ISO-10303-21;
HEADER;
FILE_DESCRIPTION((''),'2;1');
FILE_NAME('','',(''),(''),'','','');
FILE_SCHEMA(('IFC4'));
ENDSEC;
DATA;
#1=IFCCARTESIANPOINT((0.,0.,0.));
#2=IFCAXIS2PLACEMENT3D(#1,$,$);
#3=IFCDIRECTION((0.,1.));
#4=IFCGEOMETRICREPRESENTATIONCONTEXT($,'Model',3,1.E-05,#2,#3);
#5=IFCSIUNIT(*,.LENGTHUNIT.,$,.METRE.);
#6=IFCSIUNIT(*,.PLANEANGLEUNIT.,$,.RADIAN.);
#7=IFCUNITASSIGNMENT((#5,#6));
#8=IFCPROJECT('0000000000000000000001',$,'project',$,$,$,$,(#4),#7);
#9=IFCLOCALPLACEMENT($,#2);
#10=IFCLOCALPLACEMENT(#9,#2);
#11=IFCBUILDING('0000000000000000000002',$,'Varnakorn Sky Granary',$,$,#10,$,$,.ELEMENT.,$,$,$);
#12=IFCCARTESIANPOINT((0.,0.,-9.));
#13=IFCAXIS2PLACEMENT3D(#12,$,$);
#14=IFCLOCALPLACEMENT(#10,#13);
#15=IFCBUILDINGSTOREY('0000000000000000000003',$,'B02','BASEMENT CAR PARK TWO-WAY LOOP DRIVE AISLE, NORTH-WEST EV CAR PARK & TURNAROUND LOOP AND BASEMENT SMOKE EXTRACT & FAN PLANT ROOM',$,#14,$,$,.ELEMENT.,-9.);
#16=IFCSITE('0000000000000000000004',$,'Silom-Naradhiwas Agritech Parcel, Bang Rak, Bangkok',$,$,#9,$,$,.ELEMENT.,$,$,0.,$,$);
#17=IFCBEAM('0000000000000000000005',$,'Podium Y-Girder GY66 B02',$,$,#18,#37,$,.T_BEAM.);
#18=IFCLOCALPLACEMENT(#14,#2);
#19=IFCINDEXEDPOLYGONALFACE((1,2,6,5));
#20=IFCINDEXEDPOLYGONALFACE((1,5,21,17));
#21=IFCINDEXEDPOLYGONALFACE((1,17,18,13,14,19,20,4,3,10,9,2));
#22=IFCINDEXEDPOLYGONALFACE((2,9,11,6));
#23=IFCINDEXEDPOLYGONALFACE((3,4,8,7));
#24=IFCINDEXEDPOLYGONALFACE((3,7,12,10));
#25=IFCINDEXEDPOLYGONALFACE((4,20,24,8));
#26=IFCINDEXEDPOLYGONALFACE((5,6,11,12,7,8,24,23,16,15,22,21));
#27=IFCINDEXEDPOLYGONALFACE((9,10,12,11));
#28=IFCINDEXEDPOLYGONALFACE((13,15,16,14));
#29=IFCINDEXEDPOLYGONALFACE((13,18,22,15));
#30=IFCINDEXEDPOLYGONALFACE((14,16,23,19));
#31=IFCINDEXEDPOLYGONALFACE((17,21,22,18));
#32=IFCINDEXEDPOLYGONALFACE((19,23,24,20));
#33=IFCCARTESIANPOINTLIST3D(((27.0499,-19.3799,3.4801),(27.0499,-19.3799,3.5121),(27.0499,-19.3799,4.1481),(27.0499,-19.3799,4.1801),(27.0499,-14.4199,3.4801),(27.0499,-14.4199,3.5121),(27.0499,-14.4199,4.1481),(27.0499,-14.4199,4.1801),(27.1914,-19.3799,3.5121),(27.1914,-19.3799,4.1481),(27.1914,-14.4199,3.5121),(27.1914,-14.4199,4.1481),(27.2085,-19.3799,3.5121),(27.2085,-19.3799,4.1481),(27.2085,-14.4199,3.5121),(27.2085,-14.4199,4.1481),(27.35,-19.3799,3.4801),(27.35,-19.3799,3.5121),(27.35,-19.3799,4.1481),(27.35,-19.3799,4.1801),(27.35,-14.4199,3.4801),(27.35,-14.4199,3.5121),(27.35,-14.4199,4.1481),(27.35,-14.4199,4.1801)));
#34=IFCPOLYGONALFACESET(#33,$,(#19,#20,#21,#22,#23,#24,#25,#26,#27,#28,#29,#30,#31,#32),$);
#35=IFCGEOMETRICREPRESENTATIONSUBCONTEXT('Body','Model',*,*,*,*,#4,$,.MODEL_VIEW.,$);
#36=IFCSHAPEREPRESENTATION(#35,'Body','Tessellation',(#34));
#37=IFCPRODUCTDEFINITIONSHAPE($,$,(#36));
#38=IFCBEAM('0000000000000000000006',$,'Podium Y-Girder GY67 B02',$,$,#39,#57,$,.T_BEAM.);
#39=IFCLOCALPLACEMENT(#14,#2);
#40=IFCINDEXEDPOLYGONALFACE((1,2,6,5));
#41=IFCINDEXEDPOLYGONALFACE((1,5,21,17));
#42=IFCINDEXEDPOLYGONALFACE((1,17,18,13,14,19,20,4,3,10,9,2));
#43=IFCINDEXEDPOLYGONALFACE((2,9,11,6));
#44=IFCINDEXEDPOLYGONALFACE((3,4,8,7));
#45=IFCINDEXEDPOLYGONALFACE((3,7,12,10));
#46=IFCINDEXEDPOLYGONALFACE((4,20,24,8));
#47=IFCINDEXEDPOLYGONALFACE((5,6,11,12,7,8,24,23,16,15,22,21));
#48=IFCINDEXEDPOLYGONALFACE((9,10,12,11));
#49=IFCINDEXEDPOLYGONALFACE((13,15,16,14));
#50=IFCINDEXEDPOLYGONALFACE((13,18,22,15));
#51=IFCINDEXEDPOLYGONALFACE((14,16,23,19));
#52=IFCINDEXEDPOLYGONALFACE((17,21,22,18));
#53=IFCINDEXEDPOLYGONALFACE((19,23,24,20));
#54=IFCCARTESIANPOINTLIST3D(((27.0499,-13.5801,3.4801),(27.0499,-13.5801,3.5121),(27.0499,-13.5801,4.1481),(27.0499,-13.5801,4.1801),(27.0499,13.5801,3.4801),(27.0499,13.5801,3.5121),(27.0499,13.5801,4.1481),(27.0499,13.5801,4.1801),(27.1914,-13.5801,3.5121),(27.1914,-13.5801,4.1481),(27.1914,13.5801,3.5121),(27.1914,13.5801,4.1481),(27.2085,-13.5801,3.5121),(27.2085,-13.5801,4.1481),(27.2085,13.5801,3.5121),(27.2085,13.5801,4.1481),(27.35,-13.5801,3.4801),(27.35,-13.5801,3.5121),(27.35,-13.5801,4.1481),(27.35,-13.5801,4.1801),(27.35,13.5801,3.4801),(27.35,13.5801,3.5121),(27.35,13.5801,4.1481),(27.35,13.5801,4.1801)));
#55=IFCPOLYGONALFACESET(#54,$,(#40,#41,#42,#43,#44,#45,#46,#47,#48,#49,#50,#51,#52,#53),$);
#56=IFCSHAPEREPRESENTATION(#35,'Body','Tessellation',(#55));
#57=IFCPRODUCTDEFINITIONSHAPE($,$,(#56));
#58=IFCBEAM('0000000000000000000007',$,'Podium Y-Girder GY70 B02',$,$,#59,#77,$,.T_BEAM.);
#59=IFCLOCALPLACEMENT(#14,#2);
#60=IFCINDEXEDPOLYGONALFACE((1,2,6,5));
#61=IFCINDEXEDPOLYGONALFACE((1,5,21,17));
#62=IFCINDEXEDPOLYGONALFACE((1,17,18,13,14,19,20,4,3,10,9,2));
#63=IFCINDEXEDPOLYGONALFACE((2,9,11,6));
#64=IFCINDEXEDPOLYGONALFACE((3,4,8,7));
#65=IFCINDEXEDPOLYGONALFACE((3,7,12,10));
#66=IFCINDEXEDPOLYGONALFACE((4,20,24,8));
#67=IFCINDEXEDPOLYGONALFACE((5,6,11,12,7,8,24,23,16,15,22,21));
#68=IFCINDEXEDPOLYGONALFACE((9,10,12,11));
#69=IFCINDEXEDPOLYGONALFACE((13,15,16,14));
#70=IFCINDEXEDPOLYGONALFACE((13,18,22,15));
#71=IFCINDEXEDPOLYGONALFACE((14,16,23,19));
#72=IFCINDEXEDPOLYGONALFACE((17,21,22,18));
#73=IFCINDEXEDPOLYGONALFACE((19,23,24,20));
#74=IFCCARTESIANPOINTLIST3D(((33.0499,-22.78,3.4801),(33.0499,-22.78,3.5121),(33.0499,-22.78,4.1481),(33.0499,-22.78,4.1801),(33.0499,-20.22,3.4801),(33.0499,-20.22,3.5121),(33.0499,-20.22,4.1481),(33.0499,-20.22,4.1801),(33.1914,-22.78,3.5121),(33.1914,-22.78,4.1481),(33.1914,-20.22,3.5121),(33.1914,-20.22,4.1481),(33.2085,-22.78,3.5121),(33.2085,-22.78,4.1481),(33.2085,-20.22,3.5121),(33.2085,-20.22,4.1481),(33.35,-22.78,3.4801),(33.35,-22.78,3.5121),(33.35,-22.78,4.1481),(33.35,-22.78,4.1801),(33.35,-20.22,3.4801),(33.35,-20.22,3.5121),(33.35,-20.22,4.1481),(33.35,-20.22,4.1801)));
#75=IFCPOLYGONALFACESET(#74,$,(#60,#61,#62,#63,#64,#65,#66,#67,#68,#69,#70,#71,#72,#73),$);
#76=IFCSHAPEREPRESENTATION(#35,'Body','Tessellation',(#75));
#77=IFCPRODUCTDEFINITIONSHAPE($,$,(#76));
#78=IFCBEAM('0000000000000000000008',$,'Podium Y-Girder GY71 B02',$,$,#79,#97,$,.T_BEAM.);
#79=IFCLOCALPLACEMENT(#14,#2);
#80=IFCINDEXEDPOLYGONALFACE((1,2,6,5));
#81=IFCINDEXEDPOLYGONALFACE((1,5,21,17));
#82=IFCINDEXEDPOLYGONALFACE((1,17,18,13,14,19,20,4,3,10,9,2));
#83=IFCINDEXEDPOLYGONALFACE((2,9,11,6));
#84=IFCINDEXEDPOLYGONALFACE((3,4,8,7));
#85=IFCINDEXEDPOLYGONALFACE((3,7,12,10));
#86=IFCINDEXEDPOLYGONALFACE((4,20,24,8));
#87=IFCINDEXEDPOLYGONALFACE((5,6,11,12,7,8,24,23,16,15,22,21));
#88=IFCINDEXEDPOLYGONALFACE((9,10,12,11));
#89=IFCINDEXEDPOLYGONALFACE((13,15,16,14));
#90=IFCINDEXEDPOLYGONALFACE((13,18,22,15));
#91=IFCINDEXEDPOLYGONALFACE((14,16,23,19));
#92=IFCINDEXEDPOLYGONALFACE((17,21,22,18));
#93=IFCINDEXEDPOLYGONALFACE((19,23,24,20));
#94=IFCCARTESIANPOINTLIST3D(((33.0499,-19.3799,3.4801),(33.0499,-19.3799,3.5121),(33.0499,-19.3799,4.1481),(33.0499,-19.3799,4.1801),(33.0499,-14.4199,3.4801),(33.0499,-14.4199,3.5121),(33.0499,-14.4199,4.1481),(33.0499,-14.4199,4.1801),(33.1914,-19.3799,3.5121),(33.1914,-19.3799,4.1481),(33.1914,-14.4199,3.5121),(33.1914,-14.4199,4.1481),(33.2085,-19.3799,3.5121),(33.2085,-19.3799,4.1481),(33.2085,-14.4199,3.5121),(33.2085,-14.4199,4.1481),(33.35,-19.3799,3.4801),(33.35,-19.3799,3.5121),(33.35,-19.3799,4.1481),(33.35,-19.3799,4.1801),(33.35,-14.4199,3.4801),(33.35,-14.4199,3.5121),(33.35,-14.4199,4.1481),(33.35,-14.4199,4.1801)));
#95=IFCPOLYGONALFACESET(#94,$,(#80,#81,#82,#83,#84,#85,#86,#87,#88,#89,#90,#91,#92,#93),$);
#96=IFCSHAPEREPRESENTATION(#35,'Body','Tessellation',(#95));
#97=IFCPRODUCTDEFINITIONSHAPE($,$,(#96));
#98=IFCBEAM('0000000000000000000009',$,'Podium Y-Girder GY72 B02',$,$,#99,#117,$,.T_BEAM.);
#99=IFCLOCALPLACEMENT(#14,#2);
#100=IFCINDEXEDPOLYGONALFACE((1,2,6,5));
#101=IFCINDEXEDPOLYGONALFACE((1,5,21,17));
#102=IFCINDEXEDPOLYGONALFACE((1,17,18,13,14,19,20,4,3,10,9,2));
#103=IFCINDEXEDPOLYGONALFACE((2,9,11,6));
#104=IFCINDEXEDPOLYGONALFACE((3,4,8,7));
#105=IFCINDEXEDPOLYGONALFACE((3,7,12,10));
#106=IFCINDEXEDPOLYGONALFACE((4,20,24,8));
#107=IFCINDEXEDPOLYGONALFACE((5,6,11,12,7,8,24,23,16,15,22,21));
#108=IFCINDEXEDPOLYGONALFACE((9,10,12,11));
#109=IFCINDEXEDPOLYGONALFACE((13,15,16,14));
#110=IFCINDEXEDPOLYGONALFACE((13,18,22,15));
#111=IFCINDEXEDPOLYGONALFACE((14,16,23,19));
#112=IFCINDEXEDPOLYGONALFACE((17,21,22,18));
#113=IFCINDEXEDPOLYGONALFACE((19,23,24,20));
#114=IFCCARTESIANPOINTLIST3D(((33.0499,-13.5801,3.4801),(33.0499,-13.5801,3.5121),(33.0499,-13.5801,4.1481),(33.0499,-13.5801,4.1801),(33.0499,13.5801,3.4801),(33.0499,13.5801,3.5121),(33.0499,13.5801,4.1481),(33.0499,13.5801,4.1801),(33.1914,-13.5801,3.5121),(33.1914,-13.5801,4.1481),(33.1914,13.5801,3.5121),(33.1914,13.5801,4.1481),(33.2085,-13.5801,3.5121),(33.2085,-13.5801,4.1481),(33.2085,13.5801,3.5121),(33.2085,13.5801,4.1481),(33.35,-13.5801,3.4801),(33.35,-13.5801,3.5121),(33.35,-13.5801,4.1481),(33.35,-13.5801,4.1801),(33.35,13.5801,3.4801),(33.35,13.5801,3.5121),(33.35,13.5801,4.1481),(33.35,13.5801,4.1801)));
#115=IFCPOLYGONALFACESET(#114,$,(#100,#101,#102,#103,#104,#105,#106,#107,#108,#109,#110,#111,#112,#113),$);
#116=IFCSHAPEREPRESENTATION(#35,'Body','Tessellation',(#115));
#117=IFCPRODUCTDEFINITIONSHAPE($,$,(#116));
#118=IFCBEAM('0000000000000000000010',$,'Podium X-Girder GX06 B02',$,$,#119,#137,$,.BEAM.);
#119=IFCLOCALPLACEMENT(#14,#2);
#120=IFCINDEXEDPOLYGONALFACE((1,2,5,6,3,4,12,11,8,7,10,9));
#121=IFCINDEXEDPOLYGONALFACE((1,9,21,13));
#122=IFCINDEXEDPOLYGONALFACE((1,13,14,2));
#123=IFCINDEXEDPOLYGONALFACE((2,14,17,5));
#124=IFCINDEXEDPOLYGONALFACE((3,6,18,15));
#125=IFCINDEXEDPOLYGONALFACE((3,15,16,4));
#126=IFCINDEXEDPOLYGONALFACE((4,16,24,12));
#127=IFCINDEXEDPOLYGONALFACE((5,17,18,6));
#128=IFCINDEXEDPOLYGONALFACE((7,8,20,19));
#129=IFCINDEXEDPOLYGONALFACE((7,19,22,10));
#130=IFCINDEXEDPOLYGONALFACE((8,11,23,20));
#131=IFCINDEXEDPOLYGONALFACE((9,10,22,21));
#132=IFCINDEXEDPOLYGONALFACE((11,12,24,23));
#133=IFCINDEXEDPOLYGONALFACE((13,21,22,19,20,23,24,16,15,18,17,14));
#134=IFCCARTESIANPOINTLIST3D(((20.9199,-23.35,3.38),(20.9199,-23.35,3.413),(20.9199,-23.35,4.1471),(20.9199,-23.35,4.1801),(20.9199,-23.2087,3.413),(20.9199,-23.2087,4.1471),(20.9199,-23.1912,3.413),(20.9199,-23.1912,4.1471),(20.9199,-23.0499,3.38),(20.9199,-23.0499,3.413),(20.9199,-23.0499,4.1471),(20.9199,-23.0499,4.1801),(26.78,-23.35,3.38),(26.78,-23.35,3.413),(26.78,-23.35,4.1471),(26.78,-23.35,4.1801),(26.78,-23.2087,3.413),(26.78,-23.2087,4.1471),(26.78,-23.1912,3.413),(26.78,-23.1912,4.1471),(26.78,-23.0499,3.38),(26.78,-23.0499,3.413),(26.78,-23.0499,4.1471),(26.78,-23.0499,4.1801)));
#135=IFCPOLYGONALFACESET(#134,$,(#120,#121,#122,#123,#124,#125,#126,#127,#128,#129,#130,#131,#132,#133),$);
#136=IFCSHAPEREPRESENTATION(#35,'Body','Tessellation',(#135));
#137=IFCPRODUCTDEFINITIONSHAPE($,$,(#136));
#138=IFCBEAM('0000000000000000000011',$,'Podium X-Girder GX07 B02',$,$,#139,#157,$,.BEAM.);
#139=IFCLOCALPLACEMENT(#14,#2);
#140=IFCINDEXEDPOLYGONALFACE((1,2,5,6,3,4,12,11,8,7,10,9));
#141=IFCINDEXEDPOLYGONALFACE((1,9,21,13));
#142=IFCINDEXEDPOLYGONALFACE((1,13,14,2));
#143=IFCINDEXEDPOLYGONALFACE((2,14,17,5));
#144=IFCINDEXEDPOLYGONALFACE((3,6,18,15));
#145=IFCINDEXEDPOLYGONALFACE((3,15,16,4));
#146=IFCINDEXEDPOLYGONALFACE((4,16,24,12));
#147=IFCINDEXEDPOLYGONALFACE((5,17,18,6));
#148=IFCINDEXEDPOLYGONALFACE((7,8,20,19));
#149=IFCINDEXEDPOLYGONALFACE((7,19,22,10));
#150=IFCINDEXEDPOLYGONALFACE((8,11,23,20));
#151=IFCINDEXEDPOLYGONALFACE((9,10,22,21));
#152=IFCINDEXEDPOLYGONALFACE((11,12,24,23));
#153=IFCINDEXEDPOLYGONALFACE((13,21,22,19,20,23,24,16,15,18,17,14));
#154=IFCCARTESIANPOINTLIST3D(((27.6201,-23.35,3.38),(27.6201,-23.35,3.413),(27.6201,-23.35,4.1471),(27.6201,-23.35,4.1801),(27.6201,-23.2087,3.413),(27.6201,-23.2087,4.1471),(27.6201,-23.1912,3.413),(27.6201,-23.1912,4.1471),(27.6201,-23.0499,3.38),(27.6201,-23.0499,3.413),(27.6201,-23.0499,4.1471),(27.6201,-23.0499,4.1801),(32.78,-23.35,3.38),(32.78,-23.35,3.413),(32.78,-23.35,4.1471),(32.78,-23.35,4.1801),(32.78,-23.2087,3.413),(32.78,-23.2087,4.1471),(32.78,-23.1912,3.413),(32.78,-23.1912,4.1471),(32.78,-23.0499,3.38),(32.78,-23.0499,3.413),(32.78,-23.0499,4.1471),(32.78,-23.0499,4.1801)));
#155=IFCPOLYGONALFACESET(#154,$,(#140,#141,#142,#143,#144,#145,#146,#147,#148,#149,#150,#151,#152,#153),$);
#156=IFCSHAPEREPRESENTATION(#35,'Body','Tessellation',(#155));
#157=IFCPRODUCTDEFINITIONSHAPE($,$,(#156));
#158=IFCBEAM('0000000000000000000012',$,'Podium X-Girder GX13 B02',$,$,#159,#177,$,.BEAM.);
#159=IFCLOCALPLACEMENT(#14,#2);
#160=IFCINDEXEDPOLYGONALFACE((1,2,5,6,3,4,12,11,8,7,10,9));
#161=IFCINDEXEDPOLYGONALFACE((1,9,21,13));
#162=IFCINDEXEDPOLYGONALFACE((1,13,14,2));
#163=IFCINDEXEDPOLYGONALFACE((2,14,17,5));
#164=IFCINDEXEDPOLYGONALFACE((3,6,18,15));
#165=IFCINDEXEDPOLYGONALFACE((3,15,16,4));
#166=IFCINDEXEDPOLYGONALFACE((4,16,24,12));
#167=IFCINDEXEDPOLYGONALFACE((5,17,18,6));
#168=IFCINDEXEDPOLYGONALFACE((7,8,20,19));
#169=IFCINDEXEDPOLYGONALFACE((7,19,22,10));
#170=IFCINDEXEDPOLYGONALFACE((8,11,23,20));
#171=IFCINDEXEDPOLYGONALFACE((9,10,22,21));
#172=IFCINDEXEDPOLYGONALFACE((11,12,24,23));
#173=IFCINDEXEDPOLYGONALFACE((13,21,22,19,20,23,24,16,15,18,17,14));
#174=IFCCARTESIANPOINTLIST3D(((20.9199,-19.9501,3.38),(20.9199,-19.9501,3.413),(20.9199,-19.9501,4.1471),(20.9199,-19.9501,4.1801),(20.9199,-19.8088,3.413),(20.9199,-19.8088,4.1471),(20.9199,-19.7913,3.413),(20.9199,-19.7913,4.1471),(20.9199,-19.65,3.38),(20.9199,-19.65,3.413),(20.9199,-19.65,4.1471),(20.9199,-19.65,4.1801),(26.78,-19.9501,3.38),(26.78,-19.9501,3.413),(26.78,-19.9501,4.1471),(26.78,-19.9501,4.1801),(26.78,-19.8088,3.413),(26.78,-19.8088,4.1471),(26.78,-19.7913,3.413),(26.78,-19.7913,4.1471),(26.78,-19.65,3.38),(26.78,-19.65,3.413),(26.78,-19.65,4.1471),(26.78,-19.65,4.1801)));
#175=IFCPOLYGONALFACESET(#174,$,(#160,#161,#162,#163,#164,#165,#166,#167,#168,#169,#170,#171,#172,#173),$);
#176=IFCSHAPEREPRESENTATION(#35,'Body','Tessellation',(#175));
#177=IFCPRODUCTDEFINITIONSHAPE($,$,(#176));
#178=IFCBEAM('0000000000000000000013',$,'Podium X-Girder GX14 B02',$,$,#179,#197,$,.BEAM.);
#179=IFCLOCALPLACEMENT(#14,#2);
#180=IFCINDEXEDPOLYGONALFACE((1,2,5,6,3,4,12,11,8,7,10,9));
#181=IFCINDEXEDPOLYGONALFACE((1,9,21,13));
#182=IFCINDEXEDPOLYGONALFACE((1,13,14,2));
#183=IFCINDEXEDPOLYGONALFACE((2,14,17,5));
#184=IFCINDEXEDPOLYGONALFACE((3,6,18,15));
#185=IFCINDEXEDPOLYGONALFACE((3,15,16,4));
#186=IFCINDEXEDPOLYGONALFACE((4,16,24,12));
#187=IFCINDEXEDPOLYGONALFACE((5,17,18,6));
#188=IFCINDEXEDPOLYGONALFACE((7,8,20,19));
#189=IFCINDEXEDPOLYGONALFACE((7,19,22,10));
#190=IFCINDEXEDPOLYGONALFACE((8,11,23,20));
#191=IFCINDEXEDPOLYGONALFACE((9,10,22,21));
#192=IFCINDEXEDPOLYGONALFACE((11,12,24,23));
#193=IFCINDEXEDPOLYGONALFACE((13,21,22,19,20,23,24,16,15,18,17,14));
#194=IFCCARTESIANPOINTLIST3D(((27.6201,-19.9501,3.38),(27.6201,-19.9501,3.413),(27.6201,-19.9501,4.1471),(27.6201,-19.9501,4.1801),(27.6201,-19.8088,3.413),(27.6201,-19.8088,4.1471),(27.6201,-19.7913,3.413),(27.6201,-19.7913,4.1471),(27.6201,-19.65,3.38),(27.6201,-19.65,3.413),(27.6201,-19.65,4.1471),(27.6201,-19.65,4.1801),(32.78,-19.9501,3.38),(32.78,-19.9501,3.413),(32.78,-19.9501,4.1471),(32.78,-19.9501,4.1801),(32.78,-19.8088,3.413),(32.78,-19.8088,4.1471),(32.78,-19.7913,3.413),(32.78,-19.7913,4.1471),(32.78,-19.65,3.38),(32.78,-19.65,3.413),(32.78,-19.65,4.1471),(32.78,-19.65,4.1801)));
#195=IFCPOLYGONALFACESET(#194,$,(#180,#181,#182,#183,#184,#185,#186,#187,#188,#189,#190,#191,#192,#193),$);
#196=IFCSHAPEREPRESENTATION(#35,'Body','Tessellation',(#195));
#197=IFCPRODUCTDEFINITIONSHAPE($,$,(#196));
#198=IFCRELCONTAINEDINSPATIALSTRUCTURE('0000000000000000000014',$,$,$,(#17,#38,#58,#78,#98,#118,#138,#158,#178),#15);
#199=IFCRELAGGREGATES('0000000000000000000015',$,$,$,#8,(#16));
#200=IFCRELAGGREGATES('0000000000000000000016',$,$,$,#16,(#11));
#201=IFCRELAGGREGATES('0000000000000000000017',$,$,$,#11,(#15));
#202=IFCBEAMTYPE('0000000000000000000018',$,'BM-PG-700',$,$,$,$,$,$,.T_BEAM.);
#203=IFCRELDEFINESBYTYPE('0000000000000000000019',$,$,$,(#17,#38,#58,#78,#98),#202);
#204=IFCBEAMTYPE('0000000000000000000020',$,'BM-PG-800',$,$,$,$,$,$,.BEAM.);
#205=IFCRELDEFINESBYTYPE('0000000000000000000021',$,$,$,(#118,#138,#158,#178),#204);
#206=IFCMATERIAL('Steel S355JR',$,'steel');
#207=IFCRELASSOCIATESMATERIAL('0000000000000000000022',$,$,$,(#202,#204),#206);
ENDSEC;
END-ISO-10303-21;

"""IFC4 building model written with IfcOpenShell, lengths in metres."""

from ifc_helpers import new_model, si_unit, direction, frame, origin, origin_2d, place, context, subcontext, project, spatial, i_section, extrude, material, material_profile, profile_set, type_object, element, save


model = new_model("IFC4")

# Units and contexts
model_context = context("Model", 3, precision=1e-05, world=origin(), true_north=direction((0.0, 1.0)))
body_context = subcontext(model_context, "Body", "Model", "MODEL_VIEW")
ifc_project = project(units=[si_unit("LENGTHUNIT", "METRE"), si_unit("PLANEANGLEUNIT", "RADIAN")], contexts=[model_context])

# Site, building, storey
site_placement = place(None, origin())
site = spatial("IfcSite", under=ifc_project, at=site_placement, Name="Silom-Naradhiwas Agritech Parcel, Bang Rak, Bangkok", CompositionType="ELEMENT", RefElevation=0.0)
building_placement = place(site_placement, origin())
building = spatial("IfcBuilding", under=site, at=building_placement, Name="Varnakorn Sky Granary", CompositionType="ELEMENT")
storey_placement = place(building_placement, frame((0.0, 0.0, -9.0)))
storey = spatial("IfcBuildingStorey", under=building, at=storey_placement, Name="B02", Description="BASEMENT CAR PARK TWO-WAY LOOP DRIVE AISLE, NORTH-WEST EV CAR PARK & TURNAROUND LOOP AND BASEMENT SMOKE EXTRACT & FAN PLANT ROOM", CompositionType="ELEMENT", Elevation=-9.0)

# Beams
ifc_material_1 = material(Name="Steel S355JR", Category="steel")
ifc_material_profile_1 = material_profile(ifc_material_1, i_section(OverallWidth=0.3, OverallDepth=0.7, WebThickness=0.0171, FlangeThickness=0.032, at=origin_2d()), Name="HE 700 B")
ifc_profile_set_1 = profile_set([ifc_material_profile_1], Name="Steel S355JR")
beam_type_1 = type_object("IfcBeamType", Name="BM-PG-700", PredefinedType="T_BEAM", material=ifc_profile_set_1)
beam_1_placement = place(storey_placement, frame((27.2, -19.3799, 3.8301), z_axis=(0.0, 1.0, 0.0), x_axis=(-1.0, 0.0, 0.0)))
element("IfcBeam", 1, at=beam_1_placement, inside=storey, type_object=beam_type_1, Name="Podium Y-Girder GY66 B02", PredefinedType="T_BEAM", context=body_context, shape_type="SweptSolid", body=[
    extrude(i_section(OverallWidth=0.3, OverallDepth=0.7, WebThickness=0.0171, FlangeThickness=0.032, at=origin_2d()), origin(), (0.0, 0.0, 1.0), 4.96),
])
beam_2_placement = place(storey_placement, frame((27.2, -13.5801, 3.8301), z_axis=(0.0, 1.0, 0.0), x_axis=(-1.0, 0.0, 0.0)))
element("IfcBeam", 2, at=beam_2_placement, inside=storey, type_object=beam_type_1, Name="Podium Y-Girder GY67 B02", PredefinedType="T_BEAM", context=body_context, shape_type="SweptSolid", body=[
    extrude(i_section(OverallWidth=0.3, OverallDepth=0.7, WebThickness=0.0171, FlangeThickness=0.032, at=origin_2d()), origin(), (0.0, 0.0, 1.0), 27.1602),
])
beam_3_placement = place(storey_placement, frame((33.2, -22.78, 3.8301), z_axis=(0.0, 1.0, 0.0), x_axis=(-1.0, 0.0, 0.0)))
element("IfcBeam", 3, at=beam_3_placement, inside=storey, type_object=beam_type_1, Name="Podium Y-Girder GY70 B02", PredefinedType="T_BEAM", context=body_context, shape_type="SweptSolid", body=[
    extrude(i_section(OverallWidth=0.3, OverallDepth=0.7, WebThickness=0.0171, FlangeThickness=0.032, at=origin_2d()), origin(), (0.0, 0.0, 1.0), 2.5601),
])
beam_4_placement = place(storey_placement, frame((33.2, -19.3799, 3.8301), z_axis=(0.0, 1.0, 0.0), x_axis=(-1.0, 0.0, 0.0)))
element("IfcBeam", 4, at=beam_4_placement, inside=storey, type_object=beam_type_1, Name="Podium Y-Girder GY71 B02", PredefinedType="T_BEAM", context=body_context, shape_type="SweptSolid", body=[
    extrude(i_section(OverallWidth=0.3, OverallDepth=0.7, WebThickness=0.0171, FlangeThickness=0.032, at=origin_2d()), origin(), (0.0, 0.0, 1.0), 4.96),
])
beam_5_placement = place(storey_placement, frame((33.2, -13.5801, 3.8301), z_axis=(0.0, 1.0, 0.0), x_axis=(-1.0, 0.0, 0.0)))
element("IfcBeam", 5, at=beam_5_placement, inside=storey, type_object=beam_type_1, Name="Podium Y-Girder GY72 B02", PredefinedType="T_BEAM", context=body_context, shape_type="SweptSolid", body=[
    extrude(i_section(OverallWidth=0.3, OverallDepth=0.7, WebThickness=0.0171, FlangeThickness=0.032, at=origin_2d()), origin(), (0.0, 0.0, 1.0), 27.1602),
])
ifc_material_profile_2 = material_profile(ifc_material_1, i_section(OverallWidth=0.3, OverallDepth=0.8, WebThickness=0.0176, FlangeThickness=0.033, at=origin_2d()), Name="HE 800 B")
ifc_profile_set_2 = profile_set([ifc_material_profile_2], Name="Steel S355JR")
beam_type_2 = type_object("IfcBeamType", Name="BM-PG-800", PredefinedType="BEAM", material=ifc_profile_set_2)
beam_6_placement = place(storey_placement, frame((20.9199, -23.2, 3.78), z_axis=(1.0, 0.0, 0.0), x_axis=(0.0, 1.0, 0.0)))
element("IfcBeam", 6, at=beam_6_placement, inside=storey, type_object=beam_type_2, Name="Podium X-Girder GX06 B02", PredefinedType="BEAM", context=body_context, shape_type="SweptSolid", body=[
    extrude(i_section(OverallWidth=0.3, OverallDepth=0.8, WebThickness=0.0176, FlangeThickness=0.033, at=origin_2d()), origin(), (0.0, 0.0, 1.0), 5.8601),
])
beam_7_placement = place(storey_placement, frame((27.6201, -23.2, 3.78), z_axis=(1.0, 0.0, 0.0), x_axis=(0.0, 1.0, 0.0)))
element("IfcBeam", 7, at=beam_7_placement, inside=storey, type_object=beam_type_2, Name="Podium X-Girder GX07 B02", PredefinedType="BEAM", context=body_context, shape_type="SweptSolid", body=[
    extrude(i_section(OverallWidth=0.3, OverallDepth=0.8, WebThickness=0.0176, FlangeThickness=0.033, at=origin_2d()), origin(), (0.0, 0.0, 1.0), 5.1599),
])
beam_8_placement = place(storey_placement, frame((20.9199, -19.8, 3.78), z_axis=(1.0, 0.0, 0.0), x_axis=(0.0, 1.0, 0.0)))
element("IfcBeam", 8, at=beam_8_placement, inside=storey, type_object=beam_type_2, Name="Podium X-Girder GX13 B02", PredefinedType="BEAM", context=body_context, shape_type="SweptSolid", body=[
    extrude(i_section(OverallWidth=0.3, OverallDepth=0.8, WebThickness=0.0176, FlangeThickness=0.033, at=origin_2d()), origin(), (0.0, 0.0, 1.0), 5.8601),
])
beam_9_placement = place(storey_placement, frame((27.6201, -19.8, 3.78), z_axis=(1.0, 0.0, 0.0), x_axis=(0.0, 1.0, 0.0)))
element("IfcBeam", 9, at=beam_9_placement, inside=storey, type_object=beam_type_2, Name="Podium X-Girder GX14 B02", PredefinedType="BEAM", context=body_context, shape_type="SweptSolid", body=[
    extrude(i_section(OverallWidth=0.3, OverallDepth=0.8, WebThickness=0.0176, FlangeThickness=0.033, at=origin_2d()), origin(), (0.0, 0.0, 1.0), 5.1599),
])

save(model, "model.ifc")
